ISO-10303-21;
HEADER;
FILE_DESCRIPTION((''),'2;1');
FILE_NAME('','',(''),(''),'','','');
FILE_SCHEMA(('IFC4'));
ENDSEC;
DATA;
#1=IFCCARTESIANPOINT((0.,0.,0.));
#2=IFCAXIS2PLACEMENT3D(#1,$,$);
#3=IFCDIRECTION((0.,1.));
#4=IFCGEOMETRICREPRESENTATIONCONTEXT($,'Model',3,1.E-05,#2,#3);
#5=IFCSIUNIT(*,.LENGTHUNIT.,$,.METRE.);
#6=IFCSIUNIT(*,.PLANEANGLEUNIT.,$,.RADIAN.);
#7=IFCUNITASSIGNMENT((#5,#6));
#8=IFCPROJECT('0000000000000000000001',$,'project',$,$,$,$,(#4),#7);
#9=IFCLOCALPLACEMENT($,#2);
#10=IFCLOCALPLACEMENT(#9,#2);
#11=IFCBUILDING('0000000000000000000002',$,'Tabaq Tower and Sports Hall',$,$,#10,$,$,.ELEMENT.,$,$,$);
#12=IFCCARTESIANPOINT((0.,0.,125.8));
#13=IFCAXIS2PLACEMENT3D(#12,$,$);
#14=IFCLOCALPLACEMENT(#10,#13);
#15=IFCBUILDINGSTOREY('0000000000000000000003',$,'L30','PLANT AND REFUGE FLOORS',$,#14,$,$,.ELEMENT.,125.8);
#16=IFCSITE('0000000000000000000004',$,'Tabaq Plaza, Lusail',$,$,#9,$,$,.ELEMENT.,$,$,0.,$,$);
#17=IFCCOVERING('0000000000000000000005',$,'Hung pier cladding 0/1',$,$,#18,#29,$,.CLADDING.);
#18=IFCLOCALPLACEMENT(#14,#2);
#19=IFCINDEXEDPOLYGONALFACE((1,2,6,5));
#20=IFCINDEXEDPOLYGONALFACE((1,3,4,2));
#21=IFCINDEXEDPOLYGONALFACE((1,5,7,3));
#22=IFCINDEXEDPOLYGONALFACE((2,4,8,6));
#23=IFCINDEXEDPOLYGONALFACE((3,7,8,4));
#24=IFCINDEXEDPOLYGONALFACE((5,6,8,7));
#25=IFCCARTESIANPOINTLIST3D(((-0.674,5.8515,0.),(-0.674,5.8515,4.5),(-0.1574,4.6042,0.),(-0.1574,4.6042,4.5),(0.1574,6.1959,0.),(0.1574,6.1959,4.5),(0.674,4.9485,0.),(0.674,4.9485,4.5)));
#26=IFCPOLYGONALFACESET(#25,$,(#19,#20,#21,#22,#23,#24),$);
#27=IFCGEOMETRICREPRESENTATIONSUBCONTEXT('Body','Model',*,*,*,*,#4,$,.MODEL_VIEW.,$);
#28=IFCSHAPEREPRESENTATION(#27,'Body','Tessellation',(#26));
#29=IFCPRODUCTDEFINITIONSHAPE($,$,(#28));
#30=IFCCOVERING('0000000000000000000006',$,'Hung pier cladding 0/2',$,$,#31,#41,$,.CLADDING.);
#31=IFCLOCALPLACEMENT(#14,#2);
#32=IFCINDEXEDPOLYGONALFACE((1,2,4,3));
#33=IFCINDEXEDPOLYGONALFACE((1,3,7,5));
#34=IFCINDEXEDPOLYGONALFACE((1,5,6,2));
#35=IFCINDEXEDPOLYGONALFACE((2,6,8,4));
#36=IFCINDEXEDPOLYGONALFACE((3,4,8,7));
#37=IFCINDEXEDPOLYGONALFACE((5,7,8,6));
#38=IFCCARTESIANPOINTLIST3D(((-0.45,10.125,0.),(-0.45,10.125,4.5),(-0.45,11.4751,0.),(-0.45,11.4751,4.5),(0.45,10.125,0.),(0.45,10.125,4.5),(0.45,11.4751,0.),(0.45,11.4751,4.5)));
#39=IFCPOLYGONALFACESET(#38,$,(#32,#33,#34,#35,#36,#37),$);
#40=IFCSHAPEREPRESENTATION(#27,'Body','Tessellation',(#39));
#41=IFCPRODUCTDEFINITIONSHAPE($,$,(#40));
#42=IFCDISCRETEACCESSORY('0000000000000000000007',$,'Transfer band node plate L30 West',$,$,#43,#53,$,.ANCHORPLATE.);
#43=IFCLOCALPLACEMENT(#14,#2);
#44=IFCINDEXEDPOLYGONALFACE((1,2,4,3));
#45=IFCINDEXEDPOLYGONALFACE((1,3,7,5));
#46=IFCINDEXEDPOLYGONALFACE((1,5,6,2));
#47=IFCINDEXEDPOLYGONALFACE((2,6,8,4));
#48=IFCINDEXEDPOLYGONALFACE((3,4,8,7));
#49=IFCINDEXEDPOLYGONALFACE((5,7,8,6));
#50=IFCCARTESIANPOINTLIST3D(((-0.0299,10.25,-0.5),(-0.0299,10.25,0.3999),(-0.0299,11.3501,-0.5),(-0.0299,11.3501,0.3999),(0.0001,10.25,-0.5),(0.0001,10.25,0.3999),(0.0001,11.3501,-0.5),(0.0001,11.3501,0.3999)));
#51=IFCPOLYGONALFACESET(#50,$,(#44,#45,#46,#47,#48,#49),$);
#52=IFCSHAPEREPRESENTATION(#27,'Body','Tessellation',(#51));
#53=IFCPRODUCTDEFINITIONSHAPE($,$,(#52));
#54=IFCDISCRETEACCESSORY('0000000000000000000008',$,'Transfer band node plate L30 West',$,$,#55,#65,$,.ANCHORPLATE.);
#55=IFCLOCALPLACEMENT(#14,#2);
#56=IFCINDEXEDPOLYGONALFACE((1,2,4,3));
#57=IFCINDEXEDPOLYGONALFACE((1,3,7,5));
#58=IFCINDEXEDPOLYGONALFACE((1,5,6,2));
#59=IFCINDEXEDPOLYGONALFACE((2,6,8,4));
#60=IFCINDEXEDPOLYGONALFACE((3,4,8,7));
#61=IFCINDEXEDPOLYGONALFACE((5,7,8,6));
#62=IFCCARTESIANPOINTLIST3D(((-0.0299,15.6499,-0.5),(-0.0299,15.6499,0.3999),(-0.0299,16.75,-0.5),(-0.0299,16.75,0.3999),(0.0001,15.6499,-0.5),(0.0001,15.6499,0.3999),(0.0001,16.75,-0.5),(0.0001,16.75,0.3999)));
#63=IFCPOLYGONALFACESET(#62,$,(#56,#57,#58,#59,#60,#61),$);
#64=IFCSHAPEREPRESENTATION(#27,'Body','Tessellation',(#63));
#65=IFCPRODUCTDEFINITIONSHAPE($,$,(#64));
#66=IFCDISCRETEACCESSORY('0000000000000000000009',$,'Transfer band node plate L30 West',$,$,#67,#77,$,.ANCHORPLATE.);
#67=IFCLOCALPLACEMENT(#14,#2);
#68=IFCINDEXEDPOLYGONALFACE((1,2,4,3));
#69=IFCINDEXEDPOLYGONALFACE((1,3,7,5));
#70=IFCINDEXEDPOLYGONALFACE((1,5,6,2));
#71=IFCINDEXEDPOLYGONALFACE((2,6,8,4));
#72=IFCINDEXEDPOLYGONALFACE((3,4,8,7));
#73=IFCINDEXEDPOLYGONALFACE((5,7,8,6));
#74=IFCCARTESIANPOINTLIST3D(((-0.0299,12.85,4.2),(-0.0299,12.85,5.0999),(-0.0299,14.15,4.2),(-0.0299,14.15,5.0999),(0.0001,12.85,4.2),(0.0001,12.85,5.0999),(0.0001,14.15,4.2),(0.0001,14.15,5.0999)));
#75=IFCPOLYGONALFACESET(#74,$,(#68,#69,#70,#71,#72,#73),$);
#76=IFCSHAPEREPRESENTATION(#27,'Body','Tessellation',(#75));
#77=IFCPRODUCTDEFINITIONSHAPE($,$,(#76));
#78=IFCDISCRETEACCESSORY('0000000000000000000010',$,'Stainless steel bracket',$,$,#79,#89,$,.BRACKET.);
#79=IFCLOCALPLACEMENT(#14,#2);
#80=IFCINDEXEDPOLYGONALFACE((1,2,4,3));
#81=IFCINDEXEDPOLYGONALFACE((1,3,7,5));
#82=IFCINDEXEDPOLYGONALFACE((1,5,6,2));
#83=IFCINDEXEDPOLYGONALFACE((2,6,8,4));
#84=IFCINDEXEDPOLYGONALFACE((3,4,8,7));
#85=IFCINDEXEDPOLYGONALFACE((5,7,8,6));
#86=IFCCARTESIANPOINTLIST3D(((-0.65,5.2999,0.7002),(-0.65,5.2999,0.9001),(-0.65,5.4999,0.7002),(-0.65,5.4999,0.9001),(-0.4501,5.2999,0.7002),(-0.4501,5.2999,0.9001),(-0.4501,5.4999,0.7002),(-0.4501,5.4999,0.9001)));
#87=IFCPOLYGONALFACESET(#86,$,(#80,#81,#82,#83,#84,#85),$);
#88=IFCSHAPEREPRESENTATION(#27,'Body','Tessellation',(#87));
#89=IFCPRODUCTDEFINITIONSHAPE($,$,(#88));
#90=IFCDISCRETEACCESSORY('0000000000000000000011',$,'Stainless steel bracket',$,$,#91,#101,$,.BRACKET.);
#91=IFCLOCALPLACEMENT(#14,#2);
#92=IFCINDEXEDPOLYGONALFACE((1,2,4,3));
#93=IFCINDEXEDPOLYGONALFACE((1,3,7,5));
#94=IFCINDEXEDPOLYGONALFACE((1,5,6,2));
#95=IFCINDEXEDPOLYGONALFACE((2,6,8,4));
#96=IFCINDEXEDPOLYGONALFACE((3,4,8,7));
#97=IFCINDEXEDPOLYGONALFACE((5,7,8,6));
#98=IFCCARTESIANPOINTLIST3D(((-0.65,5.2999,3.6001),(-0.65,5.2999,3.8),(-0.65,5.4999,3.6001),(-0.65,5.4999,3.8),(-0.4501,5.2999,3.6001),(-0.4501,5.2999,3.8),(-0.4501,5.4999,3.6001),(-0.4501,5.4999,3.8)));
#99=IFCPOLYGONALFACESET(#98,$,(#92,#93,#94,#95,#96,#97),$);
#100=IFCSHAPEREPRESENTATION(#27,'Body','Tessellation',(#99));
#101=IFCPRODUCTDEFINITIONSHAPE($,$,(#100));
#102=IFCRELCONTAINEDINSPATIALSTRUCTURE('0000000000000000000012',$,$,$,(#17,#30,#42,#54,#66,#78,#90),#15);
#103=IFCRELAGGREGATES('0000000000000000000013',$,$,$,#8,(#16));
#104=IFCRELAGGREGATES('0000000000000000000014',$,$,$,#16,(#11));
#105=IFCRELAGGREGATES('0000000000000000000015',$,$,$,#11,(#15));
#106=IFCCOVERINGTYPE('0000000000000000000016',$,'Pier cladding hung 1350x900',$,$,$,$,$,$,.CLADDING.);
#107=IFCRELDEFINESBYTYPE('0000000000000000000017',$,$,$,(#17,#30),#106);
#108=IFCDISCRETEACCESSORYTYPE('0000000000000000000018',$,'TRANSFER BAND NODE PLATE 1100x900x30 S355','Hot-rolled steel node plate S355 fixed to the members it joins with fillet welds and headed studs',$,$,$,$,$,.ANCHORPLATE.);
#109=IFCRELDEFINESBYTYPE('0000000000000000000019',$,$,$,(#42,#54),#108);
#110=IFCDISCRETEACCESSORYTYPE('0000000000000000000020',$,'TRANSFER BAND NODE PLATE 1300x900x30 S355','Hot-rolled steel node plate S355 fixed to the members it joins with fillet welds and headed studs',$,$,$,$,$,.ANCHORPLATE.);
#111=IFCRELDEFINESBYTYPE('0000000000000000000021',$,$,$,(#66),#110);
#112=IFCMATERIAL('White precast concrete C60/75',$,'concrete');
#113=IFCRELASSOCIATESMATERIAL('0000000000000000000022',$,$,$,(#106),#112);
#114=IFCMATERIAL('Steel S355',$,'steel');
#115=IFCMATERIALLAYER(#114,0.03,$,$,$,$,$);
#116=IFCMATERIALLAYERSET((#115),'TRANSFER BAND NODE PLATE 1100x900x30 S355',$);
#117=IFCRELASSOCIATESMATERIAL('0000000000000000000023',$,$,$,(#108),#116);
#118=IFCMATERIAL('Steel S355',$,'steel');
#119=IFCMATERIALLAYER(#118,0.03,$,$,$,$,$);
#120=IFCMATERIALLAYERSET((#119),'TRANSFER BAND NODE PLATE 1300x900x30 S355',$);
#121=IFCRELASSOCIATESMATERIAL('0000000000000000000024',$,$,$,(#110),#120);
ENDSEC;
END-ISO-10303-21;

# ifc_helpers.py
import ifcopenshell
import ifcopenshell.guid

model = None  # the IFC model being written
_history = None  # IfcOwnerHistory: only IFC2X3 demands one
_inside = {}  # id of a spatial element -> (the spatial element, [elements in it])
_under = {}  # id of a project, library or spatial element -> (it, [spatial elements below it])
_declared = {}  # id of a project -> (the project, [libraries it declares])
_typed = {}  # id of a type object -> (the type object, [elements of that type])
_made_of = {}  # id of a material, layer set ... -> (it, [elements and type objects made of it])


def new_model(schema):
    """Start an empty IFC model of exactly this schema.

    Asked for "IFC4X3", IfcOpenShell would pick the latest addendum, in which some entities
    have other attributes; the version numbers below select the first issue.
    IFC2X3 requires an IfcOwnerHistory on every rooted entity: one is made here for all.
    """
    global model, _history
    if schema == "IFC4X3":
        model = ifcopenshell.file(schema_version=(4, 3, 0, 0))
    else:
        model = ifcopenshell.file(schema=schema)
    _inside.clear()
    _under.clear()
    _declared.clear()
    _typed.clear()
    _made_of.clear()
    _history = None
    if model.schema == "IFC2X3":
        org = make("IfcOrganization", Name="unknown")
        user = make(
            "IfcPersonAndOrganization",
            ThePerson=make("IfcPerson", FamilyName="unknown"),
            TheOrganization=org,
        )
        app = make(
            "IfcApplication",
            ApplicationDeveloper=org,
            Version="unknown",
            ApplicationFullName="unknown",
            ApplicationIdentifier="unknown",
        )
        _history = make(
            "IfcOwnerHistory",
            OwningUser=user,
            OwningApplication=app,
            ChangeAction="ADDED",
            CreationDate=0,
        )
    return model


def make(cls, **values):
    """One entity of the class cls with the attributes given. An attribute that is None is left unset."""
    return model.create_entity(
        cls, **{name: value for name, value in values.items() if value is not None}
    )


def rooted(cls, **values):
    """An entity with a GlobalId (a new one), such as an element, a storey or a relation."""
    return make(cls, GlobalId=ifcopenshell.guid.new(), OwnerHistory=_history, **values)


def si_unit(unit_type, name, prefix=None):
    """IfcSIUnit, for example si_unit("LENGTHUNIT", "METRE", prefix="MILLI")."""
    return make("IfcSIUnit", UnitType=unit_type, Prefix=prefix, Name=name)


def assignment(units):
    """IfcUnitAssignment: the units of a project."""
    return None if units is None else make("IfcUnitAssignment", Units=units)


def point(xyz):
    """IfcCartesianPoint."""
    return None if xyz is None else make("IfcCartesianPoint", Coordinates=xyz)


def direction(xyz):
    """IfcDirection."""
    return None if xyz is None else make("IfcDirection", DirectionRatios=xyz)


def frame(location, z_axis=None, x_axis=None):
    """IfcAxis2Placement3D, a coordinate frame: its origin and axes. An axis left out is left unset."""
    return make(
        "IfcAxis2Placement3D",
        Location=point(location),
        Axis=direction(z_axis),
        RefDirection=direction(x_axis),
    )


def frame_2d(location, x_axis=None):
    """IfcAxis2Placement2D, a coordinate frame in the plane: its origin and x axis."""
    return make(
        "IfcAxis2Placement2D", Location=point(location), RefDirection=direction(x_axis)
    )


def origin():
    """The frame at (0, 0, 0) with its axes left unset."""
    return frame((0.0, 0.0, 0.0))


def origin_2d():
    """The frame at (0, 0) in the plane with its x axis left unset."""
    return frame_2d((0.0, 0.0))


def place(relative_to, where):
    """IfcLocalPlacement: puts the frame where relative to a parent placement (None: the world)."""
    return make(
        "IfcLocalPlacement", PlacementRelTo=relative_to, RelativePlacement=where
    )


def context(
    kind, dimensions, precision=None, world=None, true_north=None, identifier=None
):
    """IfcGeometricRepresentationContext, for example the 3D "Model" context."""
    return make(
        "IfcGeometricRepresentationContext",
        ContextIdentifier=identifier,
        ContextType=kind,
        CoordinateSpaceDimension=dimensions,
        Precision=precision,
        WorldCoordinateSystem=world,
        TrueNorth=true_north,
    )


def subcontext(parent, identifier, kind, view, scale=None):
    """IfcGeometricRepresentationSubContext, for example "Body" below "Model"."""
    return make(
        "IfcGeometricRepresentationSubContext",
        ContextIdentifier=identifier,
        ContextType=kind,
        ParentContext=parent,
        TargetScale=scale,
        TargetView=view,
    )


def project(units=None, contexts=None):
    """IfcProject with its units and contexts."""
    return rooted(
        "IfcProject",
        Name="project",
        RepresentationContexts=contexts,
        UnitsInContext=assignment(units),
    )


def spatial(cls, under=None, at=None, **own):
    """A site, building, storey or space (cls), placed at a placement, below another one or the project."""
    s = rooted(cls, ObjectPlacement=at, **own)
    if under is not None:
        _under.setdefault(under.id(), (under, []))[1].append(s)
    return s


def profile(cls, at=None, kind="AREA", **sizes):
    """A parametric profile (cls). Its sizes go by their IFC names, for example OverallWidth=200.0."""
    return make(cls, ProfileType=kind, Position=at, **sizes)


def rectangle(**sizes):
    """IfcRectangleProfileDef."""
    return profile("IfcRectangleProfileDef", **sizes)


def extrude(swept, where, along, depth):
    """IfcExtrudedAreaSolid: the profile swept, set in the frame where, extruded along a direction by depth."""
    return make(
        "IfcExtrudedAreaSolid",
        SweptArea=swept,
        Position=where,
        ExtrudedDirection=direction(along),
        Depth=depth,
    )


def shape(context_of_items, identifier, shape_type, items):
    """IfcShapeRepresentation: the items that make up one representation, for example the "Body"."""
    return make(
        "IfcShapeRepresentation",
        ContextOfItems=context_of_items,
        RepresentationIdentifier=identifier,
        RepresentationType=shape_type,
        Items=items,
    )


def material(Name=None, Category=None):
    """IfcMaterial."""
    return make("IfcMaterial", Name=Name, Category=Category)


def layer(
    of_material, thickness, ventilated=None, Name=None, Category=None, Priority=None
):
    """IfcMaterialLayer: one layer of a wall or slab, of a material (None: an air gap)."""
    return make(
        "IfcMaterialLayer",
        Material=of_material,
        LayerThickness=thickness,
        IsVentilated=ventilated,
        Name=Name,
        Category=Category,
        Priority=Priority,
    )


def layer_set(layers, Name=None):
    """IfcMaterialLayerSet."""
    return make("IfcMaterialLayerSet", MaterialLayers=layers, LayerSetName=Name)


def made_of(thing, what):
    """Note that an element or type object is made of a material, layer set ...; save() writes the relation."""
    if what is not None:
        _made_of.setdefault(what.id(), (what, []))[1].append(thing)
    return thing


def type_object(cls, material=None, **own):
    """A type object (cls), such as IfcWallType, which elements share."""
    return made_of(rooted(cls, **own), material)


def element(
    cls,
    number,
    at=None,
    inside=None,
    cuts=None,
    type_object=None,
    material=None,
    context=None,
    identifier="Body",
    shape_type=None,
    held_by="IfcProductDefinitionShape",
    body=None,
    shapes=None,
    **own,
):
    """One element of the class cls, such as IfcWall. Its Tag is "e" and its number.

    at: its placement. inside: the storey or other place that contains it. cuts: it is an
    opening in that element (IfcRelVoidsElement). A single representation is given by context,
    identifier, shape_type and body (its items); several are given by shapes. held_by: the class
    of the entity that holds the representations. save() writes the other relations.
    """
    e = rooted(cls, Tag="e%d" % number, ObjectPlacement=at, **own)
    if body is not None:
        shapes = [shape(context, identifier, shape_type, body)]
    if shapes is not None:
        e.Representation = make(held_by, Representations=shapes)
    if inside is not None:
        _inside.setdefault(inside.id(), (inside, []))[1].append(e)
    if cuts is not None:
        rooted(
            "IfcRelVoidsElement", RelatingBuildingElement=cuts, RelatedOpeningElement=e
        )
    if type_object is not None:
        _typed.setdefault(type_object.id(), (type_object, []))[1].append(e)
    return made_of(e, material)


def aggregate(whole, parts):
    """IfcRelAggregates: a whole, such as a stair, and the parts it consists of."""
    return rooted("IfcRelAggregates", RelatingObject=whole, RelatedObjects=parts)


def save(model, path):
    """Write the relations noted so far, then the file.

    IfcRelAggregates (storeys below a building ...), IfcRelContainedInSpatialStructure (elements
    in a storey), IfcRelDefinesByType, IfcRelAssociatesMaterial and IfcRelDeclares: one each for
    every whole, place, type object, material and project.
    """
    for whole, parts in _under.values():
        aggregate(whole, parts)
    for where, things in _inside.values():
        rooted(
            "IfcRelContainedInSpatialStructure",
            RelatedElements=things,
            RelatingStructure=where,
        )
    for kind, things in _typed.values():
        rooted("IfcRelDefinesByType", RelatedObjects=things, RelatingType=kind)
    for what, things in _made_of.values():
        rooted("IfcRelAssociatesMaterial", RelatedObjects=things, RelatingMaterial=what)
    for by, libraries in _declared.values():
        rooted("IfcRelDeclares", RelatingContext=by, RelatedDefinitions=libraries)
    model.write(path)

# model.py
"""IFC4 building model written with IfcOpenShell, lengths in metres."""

from ifc_helpers import new_model, si_unit, direction, frame, frame_2d, origin, origin_2d, place, context, subcontext, project, spatial, rectangle, extrude, material, layer, layer_set, type_object, element, save


model = new_model("IFC4")

# Units and contexts
model_context = context("Model", 3, precision=1e-05, world=origin(), true_north=direction((0.0, 1.0)))
body_context = subcontext(model_context, "Body", "Model", "MODEL_VIEW")
ifc_project = project(units=[si_unit("LENGTHUNIT", "METRE"), si_unit("PLANEANGLEUNIT", "RADIAN")], contexts=[model_context])

# Site, building, storey
site_placement = place(None, origin())
site = spatial("IfcSite", under=ifc_project, at=site_placement, Name="Tabaq Plaza, Lusail", CompositionType="ELEMENT", RefElevation=0.0)
building_placement = place(site_placement, origin())
building = spatial("IfcBuilding", under=site, at=building_placement, Name="Tabaq Tower and Sports Hall", CompositionType="ELEMENT")
storey_placement = place(building_placement, frame((0.0, 0.0, 125.8)))
storey = spatial("IfcBuildingStorey", under=building, at=storey_placement, Name="L30", Description="PLANT AND REFUGE FLOORS", CompositionType="ELEMENT", Elevation=125.8)

# Coverings
ifc_material_1 = material(Name="White precast concrete C60/75", Category="concrete")
covering_type_1 = type_object("IfcCoveringType", Name="Pier cladding hung 1350x900", PredefinedType="CLADDING", material=ifc_material_1)
for number, where, z_axis, x_axis, name in (
    (1, (-0.2583, 6.0237, 0.0), (0.0, 0.0, 1.0), (0.38265, -0.923893, 0.0), "Hung pier cladding 0/1"),
    (2, (0.0, 11.4751, 0.0), (0.0, 0.0, 1.0), (0.0, -1.0, 0.0), "Hung pier cladding 0/2"),
):
    element("IfcCovering", number, at=place(storey_placement, frame(where, z_axis=z_axis, x_axis=x_axis)), inside=storey, type_object=covering_type_1, Name=name, PredefinedType="CLADDING", context=body_context, shape_type="SweptSolid", body=[
        extrude(rectangle(XDim=1.3501, YDim=0.8999, at=frame_2d((0.675, 0.0))), origin(), (0.0, 0.0, 1.0), 4.5),
    ])

# Discrete accessories
ifc_material_2 = material(Name="Steel S355", Category="steel")
ifc_layer_1 = layer(ifc_material_2, 0.03)
ifc_layer_set_1 = layer_set([ifc_layer_1], Name="TRANSFER BAND NODE PLATE 1100x900x30 S355")
discrete_accessory_type_1 = type_object("IfcDiscreteAccessoryType", Name="TRANSFER BAND NODE PLATE 1100x900x30 S355", Description="Hot-rolled steel node plate S355 fixed to the members it joins with fillet welds and headed studs", PredefinedType="ANCHORPLATE", material=ifc_layer_set_1)
for number, where, z_axis, x_axis, name in (
    (3, (-0.0149, 10.8, -0.5), (0.0, 0.0, 1.0), (0.0, -1.0, 0.0), "Transfer band node plate L30 West"),
    (4, (-0.0149, 16.2, -0.5), (0.0, 0.0, 1.0), (0.0, -1.0, 0.0), "Transfer band node plate L30 West"),
):
    element("IfcDiscreteAccessory", number, at=place(storey_placement, frame(where, z_axis=z_axis, x_axis=x_axis)), inside=storey, type_object=discrete_accessory_type_1, Name=name, PredefinedType="ANCHORPLATE", context=body_context, shape_type="SweptSolid", body=[
        extrude(rectangle(XDim=1.1001, YDim=0.03, at=origin_2d()), origin(), (0.0, 0.0, 1.0), 0.8999),
    ])
ifc_material_3 = material(Name="Steel S355", Category="steel")
ifc_layer_2 = layer(ifc_material_3, 0.03)
ifc_layer_set_2 = layer_set([ifc_layer_2], Name="TRANSFER BAND NODE PLATE 1300x900x30 S355")
discrete_accessory_type_2 = type_object("IfcDiscreteAccessoryType", Name="TRANSFER BAND NODE PLATE 1300x900x30 S355", Description="Hot-rolled steel node plate S355 fixed to the members it joins with fillet welds and headed studs", PredefinedType="ANCHORPLATE", material=ifc_layer_set_2)
discrete_accessory_placement = place(storey_placement, frame((-0.0149, 13.5, 4.2), z_axis=(0.0, 0.0, 1.0), x_axis=(0.0, -1.0, 0.0)))
element("IfcDiscreteAccessory", 5, at=discrete_accessory_placement, inside=storey, type_object=discrete_accessory_type_2, Name="Transfer band node plate L30 West", PredefinedType="ANCHORPLATE", context=body_context, shape_type="SweptSolid", body=[
    extrude(rectangle(XDim=1.3, YDim=0.03, at=origin_2d()), origin(), (0.0, 0.0, 1.0), 0.8999),
])
for number, where, z_axis, x_axis, name in (
    (6, (-0.55, 5.3999, 0.7002), (0.0, 0.0, 1.0), (1.0, 0.0, 0.0), "Stainless steel bracket"),
    (7, (-0.55, 5.3999, 3.6001), (0.0, 0.0, 1.0), (1.0, 0.0, 0.0), "Stainless steel bracket"),
):
    element("IfcDiscreteAccessory", number, at=place(storey_placement, frame(where, z_axis=z_axis, x_axis=x_axis)), inside=storey, Name=name, PredefinedType="BRACKET", context=body_context, shape_type="SweptSolid", body=[
        extrude(rectangle(XDim=0.2, YDim=0.2, at=origin_2d()), origin(), (0.0, 0.0, 1.0), 0.2),
    ])

save(model, "model.ifc")
